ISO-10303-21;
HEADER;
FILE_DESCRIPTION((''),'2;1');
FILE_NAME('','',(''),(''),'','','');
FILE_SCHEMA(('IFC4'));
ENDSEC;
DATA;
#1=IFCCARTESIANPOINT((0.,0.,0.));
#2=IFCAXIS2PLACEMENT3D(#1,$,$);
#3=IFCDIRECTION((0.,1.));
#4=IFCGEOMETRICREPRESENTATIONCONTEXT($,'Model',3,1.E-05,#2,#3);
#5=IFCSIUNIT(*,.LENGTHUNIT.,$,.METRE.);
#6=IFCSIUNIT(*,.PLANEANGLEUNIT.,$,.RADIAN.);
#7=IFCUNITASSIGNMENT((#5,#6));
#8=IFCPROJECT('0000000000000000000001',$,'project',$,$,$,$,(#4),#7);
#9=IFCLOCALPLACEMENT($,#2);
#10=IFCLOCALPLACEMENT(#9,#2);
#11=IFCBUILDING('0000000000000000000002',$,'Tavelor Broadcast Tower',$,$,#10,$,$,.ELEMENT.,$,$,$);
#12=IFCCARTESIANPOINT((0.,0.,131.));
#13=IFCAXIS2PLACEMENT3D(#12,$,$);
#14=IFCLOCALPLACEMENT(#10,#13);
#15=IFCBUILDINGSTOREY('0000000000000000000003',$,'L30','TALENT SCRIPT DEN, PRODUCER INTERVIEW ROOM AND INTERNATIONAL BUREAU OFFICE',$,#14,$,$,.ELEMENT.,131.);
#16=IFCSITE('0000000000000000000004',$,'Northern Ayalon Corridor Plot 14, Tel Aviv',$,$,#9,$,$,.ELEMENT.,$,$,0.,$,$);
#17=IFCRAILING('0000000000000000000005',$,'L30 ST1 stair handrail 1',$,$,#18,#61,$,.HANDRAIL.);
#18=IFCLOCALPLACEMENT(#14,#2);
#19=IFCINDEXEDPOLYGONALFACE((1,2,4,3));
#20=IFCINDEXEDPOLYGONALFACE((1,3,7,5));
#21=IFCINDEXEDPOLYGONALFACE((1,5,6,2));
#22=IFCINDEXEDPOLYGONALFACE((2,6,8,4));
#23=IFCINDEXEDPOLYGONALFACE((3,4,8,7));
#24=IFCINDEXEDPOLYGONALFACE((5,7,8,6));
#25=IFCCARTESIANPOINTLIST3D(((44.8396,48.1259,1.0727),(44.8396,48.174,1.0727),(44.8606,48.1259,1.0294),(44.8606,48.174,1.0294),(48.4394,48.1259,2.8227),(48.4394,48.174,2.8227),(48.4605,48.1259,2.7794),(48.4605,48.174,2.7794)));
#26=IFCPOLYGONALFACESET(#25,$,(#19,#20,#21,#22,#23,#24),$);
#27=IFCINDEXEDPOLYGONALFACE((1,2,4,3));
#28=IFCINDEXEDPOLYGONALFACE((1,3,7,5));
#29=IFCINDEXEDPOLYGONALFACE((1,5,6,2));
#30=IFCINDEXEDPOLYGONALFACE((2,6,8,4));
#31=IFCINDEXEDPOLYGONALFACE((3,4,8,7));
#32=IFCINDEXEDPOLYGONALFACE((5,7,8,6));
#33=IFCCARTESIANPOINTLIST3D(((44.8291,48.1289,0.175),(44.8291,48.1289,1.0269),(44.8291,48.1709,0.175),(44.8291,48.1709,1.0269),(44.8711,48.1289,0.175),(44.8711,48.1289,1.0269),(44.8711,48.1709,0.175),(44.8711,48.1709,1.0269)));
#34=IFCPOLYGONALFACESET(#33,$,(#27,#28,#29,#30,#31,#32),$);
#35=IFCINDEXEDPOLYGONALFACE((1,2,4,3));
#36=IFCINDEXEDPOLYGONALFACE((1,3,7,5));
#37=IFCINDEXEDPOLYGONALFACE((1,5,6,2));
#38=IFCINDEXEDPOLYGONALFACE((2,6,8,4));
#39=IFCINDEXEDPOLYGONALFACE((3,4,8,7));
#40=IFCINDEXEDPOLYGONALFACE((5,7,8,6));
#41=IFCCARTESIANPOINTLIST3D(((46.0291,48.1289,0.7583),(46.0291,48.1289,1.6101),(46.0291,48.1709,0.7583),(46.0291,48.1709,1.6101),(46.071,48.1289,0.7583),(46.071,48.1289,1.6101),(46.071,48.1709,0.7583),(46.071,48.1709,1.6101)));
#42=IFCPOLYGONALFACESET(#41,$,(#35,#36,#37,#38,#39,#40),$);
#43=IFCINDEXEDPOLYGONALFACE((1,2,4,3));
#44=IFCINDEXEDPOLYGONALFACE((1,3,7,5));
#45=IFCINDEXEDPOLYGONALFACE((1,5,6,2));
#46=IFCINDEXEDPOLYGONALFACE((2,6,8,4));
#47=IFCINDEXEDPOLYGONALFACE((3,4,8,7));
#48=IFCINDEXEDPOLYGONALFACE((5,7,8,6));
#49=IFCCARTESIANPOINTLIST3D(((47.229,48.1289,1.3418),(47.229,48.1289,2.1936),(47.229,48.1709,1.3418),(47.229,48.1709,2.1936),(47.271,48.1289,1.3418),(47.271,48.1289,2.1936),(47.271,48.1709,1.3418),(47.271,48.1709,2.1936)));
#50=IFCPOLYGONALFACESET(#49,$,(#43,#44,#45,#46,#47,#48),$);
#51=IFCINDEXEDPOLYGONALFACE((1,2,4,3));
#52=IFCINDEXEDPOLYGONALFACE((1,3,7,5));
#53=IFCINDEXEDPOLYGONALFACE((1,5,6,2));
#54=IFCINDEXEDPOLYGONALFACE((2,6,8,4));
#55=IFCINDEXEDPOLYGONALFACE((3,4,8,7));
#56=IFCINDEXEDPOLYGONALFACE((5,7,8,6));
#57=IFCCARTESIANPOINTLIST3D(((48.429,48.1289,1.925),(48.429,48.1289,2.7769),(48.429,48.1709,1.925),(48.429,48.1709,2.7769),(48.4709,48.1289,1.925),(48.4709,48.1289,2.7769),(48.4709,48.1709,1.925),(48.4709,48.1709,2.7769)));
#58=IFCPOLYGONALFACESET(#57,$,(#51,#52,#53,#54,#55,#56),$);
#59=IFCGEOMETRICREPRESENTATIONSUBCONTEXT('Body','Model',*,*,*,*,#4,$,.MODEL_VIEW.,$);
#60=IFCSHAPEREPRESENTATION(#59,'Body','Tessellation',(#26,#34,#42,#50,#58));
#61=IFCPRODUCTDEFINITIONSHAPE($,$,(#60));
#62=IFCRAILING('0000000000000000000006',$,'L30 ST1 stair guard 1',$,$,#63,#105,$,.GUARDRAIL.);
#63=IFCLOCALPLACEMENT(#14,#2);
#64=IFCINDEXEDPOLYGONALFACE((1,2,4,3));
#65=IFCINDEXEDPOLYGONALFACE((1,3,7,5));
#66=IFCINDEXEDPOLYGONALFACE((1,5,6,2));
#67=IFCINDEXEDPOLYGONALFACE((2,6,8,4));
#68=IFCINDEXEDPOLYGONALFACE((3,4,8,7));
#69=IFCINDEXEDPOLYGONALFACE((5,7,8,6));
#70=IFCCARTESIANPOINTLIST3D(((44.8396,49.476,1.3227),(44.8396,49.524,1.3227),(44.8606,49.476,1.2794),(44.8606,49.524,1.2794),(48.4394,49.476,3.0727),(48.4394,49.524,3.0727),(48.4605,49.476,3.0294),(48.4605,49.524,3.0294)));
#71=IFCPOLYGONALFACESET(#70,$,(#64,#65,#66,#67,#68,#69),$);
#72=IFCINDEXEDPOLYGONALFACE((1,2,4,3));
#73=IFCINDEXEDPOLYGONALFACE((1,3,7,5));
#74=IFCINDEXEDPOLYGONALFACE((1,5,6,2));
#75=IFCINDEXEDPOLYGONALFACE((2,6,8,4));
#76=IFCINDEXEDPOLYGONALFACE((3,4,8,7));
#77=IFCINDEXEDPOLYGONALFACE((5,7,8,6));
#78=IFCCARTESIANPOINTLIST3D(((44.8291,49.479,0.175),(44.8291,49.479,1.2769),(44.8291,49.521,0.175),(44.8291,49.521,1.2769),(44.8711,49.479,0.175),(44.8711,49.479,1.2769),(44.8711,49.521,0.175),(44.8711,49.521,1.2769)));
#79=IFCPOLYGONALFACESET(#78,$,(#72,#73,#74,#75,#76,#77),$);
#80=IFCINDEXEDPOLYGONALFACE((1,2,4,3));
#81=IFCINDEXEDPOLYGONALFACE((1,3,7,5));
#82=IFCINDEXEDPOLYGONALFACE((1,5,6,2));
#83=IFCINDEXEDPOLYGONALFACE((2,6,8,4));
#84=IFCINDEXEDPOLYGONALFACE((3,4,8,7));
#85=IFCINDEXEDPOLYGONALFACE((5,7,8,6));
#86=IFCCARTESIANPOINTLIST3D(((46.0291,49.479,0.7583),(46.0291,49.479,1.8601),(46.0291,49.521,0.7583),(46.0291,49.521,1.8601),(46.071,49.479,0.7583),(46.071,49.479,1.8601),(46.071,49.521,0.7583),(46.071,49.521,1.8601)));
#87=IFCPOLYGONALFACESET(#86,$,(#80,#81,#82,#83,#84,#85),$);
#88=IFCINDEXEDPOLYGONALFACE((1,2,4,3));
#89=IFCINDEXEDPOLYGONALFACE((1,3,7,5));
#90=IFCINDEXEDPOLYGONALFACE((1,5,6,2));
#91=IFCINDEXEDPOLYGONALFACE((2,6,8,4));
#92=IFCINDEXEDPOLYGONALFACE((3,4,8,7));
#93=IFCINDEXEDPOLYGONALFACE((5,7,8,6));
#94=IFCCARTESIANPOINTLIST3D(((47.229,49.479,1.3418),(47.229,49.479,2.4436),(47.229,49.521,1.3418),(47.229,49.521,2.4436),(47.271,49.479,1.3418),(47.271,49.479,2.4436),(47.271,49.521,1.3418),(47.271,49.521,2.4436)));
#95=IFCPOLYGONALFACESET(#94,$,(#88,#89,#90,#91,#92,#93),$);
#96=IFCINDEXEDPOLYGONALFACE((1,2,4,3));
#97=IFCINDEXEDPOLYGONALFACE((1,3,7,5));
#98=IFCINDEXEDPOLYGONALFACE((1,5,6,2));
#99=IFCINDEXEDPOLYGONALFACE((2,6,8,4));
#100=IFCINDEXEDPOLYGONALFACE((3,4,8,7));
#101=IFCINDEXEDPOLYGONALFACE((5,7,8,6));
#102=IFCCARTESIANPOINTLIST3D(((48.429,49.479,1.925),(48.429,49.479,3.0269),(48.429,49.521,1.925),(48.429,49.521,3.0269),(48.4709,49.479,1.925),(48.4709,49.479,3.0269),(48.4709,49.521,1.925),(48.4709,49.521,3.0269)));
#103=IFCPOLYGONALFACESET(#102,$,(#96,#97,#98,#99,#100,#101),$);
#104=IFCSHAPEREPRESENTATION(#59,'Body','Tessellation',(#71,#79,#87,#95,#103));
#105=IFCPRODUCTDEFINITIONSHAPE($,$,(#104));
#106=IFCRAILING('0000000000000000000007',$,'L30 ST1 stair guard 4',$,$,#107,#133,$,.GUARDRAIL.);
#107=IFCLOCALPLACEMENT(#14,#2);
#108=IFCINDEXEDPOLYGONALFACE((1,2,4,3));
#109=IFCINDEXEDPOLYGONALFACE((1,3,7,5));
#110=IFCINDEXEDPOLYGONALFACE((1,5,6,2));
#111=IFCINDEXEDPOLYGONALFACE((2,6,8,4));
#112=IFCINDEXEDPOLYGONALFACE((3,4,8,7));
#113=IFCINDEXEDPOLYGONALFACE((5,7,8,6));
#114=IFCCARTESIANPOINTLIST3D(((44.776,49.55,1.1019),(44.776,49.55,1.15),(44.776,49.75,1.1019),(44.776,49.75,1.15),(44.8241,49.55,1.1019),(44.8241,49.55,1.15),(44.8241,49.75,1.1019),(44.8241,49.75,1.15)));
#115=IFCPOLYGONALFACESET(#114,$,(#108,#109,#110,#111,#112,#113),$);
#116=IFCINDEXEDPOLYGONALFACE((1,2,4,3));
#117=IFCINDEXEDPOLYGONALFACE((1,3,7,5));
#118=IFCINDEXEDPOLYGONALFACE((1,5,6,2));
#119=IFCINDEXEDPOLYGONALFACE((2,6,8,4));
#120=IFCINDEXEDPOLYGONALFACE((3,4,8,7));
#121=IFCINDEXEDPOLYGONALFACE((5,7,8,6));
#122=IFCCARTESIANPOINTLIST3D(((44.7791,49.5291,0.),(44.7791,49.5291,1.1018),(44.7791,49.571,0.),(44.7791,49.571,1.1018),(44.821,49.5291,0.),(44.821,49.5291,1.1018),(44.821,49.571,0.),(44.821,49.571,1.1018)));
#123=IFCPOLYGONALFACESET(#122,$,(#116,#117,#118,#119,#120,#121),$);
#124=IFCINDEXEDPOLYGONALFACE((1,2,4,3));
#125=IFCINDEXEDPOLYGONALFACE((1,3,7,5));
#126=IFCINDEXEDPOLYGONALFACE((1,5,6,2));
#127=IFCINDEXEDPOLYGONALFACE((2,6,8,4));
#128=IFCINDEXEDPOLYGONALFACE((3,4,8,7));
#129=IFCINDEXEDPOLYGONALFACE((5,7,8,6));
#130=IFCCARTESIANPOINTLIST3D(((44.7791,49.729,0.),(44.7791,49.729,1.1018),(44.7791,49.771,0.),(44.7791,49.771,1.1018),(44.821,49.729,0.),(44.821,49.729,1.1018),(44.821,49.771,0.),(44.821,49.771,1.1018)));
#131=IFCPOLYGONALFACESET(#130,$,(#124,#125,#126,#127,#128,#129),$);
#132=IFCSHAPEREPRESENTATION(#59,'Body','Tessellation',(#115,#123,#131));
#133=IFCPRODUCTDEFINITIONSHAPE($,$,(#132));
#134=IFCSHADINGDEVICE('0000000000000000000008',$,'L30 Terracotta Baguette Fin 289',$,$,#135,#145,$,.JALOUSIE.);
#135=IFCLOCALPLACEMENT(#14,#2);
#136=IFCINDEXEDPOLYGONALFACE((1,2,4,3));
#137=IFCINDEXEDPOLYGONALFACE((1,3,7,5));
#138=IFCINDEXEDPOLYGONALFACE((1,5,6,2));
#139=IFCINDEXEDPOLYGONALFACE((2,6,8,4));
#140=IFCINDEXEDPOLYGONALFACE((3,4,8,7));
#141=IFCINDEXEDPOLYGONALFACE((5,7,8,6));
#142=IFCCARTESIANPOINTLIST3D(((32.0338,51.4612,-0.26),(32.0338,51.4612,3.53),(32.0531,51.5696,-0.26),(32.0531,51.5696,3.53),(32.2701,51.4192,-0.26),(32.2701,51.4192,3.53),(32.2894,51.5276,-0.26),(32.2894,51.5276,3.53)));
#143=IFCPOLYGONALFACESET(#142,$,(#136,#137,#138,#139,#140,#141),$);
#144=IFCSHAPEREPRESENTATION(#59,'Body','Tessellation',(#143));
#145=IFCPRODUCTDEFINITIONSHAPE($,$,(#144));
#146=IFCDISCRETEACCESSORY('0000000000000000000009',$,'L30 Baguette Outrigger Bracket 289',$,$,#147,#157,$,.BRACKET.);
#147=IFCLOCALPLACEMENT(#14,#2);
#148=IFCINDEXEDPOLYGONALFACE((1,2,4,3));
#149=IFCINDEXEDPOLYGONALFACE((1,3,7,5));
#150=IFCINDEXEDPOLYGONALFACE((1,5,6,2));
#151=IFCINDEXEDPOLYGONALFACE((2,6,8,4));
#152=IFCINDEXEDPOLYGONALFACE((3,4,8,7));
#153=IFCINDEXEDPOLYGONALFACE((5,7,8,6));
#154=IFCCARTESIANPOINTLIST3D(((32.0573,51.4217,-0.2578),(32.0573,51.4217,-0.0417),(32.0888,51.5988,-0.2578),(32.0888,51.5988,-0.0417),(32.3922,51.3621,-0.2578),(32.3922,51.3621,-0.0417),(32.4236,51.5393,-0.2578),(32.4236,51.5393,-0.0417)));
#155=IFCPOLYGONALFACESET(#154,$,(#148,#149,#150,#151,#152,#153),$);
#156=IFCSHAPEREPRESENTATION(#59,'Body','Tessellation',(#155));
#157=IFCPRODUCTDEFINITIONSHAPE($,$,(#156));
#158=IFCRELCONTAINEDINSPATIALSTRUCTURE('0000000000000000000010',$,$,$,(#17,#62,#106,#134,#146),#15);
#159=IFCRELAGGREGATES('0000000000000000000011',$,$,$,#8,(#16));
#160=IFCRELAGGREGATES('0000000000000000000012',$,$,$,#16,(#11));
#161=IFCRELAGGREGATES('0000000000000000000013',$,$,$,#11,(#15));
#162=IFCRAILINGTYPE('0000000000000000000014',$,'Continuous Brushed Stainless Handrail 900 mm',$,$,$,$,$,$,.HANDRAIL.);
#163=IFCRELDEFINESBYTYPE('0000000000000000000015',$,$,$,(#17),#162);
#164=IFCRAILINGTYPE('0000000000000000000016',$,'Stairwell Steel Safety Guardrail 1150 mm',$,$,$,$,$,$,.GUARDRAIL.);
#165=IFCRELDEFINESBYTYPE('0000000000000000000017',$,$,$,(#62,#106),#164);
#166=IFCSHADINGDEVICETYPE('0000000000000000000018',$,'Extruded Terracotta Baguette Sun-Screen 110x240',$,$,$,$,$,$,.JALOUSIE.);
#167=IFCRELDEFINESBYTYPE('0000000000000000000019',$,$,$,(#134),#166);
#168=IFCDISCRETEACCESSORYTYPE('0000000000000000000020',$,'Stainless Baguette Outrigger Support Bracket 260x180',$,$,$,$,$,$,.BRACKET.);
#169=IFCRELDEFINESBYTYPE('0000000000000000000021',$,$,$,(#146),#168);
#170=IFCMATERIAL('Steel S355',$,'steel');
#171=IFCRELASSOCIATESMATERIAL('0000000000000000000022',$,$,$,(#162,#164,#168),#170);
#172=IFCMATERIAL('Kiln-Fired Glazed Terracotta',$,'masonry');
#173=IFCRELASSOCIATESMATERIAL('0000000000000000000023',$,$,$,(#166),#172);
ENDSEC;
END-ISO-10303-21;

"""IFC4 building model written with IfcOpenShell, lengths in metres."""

from ifc_helpers import new_model, si_unit, direction, frame, origin, origin_2d, place, context, subcontext, project, spatial, rectangle, extrude, source, transform, mapped, material, type_object, type_shapes, element, save


model = new_model("IFC4")

# Units and contexts
model_context = context("Model", 3, precision=1e-05, world=origin(), true_north=direction((0.0, 1.0)))
body_context = subcontext(model_context, "Body", "Model", "MODEL_VIEW")
ifc_project = project(units=[si_unit("LENGTHUNIT", "METRE"), si_unit("PLANEANGLEUNIT", "RADIAN")], contexts=[model_context])

# Site, building, storey
site_placement = place(None, origin())
site = spatial("IfcSite", under=ifc_project, at=site_placement, Name="Northern Ayalon Corridor Plot 14, Tel Aviv", CompositionType="ELEMENT", RefElevation=0.0)
building_placement = place(site_placement, origin())
building = spatial("IfcBuilding", under=site, at=building_placement, Name="Tavelor Broadcast Tower", CompositionType="ELEMENT")
storey_placement = place(building_placement, frame((0.0, 0.0, 131.0)))
storey = spatial("IfcBuildingStorey", under=building, at=storey_placement, Name="L30", Description="TALENT SCRIPT DEN, PRODUCER INTERVIEW ROOM AND INTERNATIONAL BUREAU OFFICE", CompositionType="ELEMENT", Elevation=131.0)

# Shared definitions
ifc_material_1 = material(Name="Steel S355", Category="steel")

# Railings
railing_type_1 = type_object("IfcRailingType", Name="Continuous Brushed Stainless Handrail 900 mm", PredefinedType="HANDRAIL", material=ifc_material_1)
railing_1_placement = place(storey_placement, frame((44.8501, 48.1499, 0.175)))
element("IfcRailing", 1, at=railing_1_placement, inside=storey, type_object=railing_type_1, Name="L30 ST1 stair handrail 1", PredefinedType="HANDRAIL", context=body_context, shape_type="SweptSolid", body=[
    extrude(rectangle(XDim=0.0481, YDim=0.0481, at=origin_2d()), frame((0.0, 0.0, 0.876), z_axis=(0.899361, 0.0, 0.437207), x_axis=(0.0, 1.0, 0.0)), (0.0, 0.0, 1.0), 4.0027),
    extrude(rectangle(XDim=0.042, YDim=0.042, at=origin_2d()), origin(), (0.0, 0.0, 1.0), 0.8518),
    extrude(rectangle(XDim=0.042, YDim=0.042, at=origin_2d()), frame((1.2, 0.0, 0.5833)), (0.0, 0.0, 1.0), 0.8518),
    extrude(rectangle(XDim=0.042, YDim=0.042, at=origin_2d()), frame((2.3999, 0.0, 1.1667)), (0.0, 0.0, 1.0), 0.8518),
    extrude(rectangle(XDim=0.042, YDim=0.042, at=origin_2d()), frame((3.5999, 0.0, 1.75)), (0.0, 0.0, 1.0), 0.8518),
])
railing_type_2 = type_object("IfcRailingType", Name="Stairwell Steel Safety Guardrail 1150 mm", PredefinedType="GUARDRAIL", material=ifc_material_1)
railing_2_placement = place(storey_placement, frame((44.8501, 49.5, 0.175)))
element("IfcRailing", 2, at=railing_2_placement, inside=storey, type_object=railing_type_2, Name="L30 ST1 stair guard 1", PredefinedType="GUARDRAIL", context=body_context, shape_type="SweptSolid", body=[
    extrude(rectangle(XDim=0.0481, YDim=0.0481, at=origin_2d()), frame((0.0, 0.0, 1.126), z_axis=(0.899361, 0.0, 0.437207), x_axis=(0.0, 1.0, 0.0)), (0.0, 0.0, 1.0), 4.0027),
    extrude(rectangle(XDim=0.042, YDim=0.042, at=origin_2d()), origin(), (0.0, 0.0, 1.0), 1.1018),
    extrude(rectangle(XDim=0.042, YDim=0.042, at=origin_2d()), frame((1.2, 0.0, 0.5833)), (0.0, 0.0, 1.0), 1.1018),
    extrude(rectangle(XDim=0.042, YDim=0.042, at=origin_2d()), frame((2.3999, 0.0, 1.1667)), (0.0, 0.0, 1.0), 1.1018),
    extrude(rectangle(XDim=0.042, YDim=0.042, at=origin_2d()), frame((3.5999, 0.0, 1.75)), (0.0, 0.0, 1.0), 1.1018),
])
railing_3_placement = place(storey_placement, frame((44.8, 49.55, 0.0)))
element("IfcRailing", 3, at=railing_3_placement, inside=storey, type_object=railing_type_2, Name="L30 ST1 stair guard 4", PredefinedType="GUARDRAIL", context=body_context, shape_type="SweptSolid", body=[
    extrude(rectangle(XDim=0.0481, YDim=0.0481, at=origin_2d()), frame((0.0, 0.0, 1.126), z_axis=(0.0, 1.0, 0.0), x_axis=(-1.0, 0.0, 0.0)), (0.0, 0.0, 1.0), 0.2),
    extrude(rectangle(XDim=0.042, YDim=0.042, at=origin_2d()), origin(), (0.0, 0.0, 1.0), 1.1018),
    extrude(rectangle(XDim=0.042, YDim=0.042, at=origin_2d()), frame((0.0, 0.2, 0.0)), (0.0, 0.0, 1.0), 1.1018),
])

# Shading device
ifc_material_2 = material(Name="Kiln-Fired Glazed Terracotta", Category="masonry")
shading_device_type = type_object("IfcShadingDeviceType", Name="Extruded Terracotta Baguette Sun-Screen 110x240", PredefinedType="JALOUSIE", material=ifc_material_2)
shared_shape_1 = source(origin(), body_context, "Body", "SweptSolid", [
    extrude(rectangle(XDim=0.1101, YDim=0.24, at=origin_2d()), origin(), (0.0, 0.0, 1.0), 3.79),
])
type_shapes(shading_device_type, [shared_shape_1])
shading_device_placement = place(storey_placement, frame((32.1616, 51.4944, -0.26), z_axis=(0.0, 0.0, 1.0), x_axis=(-0.175023, -0.984564, 0.0)))
element("IfcShadingDevice", 4, at=shading_device_placement, inside=storey, type_object=shading_device_type, Name="L30 Terracotta Baguette Fin 289", PredefinedType="JALOUSIE", context=body_context, shape_type="MappedRepresentation", body=[
    mapped(shared_shape_1, transform((0.0, 0.0, 0.0), scale=1.0)),
])

# Discrete accessory
discrete_accessory_type = type_object("IfcDiscreteAccessoryType", Name="Stainless Baguette Outrigger Support Bracket 260x180", PredefinedType="BRACKET", material=ifc_material_1)
shared_shape_2 = source(origin(), body_context, "Body", "SweptSolid", [
    extrude(rectangle(XDim=0.1799, YDim=0.3401, at=origin_2d()), origin(), (0.0, 0.0, 1.0), 0.2161),
])
type_shapes(discrete_accessory_type, [shared_shape_2])
discrete_accessory_placement = place(storey_placement, frame((32.2405, 51.4805, -0.2578), z_axis=(0.0, 0.0, 1.0), x_axis=(-0.175023, -0.984564, 0.0)))
element("IfcDiscreteAccessory", 5, at=discrete_accessory_placement, inside=storey, type_object=discrete_accessory_type, Name="L30 Baguette Outrigger Bracket 289", PredefinedType="BRACKET", context=body_context, shape_type="MappedRepresentation", body=[
    mapped(shared_shape_2, transform((0.0, 0.0, 0.0), scale=1.0)),
])

save(model, "model.ifc")
